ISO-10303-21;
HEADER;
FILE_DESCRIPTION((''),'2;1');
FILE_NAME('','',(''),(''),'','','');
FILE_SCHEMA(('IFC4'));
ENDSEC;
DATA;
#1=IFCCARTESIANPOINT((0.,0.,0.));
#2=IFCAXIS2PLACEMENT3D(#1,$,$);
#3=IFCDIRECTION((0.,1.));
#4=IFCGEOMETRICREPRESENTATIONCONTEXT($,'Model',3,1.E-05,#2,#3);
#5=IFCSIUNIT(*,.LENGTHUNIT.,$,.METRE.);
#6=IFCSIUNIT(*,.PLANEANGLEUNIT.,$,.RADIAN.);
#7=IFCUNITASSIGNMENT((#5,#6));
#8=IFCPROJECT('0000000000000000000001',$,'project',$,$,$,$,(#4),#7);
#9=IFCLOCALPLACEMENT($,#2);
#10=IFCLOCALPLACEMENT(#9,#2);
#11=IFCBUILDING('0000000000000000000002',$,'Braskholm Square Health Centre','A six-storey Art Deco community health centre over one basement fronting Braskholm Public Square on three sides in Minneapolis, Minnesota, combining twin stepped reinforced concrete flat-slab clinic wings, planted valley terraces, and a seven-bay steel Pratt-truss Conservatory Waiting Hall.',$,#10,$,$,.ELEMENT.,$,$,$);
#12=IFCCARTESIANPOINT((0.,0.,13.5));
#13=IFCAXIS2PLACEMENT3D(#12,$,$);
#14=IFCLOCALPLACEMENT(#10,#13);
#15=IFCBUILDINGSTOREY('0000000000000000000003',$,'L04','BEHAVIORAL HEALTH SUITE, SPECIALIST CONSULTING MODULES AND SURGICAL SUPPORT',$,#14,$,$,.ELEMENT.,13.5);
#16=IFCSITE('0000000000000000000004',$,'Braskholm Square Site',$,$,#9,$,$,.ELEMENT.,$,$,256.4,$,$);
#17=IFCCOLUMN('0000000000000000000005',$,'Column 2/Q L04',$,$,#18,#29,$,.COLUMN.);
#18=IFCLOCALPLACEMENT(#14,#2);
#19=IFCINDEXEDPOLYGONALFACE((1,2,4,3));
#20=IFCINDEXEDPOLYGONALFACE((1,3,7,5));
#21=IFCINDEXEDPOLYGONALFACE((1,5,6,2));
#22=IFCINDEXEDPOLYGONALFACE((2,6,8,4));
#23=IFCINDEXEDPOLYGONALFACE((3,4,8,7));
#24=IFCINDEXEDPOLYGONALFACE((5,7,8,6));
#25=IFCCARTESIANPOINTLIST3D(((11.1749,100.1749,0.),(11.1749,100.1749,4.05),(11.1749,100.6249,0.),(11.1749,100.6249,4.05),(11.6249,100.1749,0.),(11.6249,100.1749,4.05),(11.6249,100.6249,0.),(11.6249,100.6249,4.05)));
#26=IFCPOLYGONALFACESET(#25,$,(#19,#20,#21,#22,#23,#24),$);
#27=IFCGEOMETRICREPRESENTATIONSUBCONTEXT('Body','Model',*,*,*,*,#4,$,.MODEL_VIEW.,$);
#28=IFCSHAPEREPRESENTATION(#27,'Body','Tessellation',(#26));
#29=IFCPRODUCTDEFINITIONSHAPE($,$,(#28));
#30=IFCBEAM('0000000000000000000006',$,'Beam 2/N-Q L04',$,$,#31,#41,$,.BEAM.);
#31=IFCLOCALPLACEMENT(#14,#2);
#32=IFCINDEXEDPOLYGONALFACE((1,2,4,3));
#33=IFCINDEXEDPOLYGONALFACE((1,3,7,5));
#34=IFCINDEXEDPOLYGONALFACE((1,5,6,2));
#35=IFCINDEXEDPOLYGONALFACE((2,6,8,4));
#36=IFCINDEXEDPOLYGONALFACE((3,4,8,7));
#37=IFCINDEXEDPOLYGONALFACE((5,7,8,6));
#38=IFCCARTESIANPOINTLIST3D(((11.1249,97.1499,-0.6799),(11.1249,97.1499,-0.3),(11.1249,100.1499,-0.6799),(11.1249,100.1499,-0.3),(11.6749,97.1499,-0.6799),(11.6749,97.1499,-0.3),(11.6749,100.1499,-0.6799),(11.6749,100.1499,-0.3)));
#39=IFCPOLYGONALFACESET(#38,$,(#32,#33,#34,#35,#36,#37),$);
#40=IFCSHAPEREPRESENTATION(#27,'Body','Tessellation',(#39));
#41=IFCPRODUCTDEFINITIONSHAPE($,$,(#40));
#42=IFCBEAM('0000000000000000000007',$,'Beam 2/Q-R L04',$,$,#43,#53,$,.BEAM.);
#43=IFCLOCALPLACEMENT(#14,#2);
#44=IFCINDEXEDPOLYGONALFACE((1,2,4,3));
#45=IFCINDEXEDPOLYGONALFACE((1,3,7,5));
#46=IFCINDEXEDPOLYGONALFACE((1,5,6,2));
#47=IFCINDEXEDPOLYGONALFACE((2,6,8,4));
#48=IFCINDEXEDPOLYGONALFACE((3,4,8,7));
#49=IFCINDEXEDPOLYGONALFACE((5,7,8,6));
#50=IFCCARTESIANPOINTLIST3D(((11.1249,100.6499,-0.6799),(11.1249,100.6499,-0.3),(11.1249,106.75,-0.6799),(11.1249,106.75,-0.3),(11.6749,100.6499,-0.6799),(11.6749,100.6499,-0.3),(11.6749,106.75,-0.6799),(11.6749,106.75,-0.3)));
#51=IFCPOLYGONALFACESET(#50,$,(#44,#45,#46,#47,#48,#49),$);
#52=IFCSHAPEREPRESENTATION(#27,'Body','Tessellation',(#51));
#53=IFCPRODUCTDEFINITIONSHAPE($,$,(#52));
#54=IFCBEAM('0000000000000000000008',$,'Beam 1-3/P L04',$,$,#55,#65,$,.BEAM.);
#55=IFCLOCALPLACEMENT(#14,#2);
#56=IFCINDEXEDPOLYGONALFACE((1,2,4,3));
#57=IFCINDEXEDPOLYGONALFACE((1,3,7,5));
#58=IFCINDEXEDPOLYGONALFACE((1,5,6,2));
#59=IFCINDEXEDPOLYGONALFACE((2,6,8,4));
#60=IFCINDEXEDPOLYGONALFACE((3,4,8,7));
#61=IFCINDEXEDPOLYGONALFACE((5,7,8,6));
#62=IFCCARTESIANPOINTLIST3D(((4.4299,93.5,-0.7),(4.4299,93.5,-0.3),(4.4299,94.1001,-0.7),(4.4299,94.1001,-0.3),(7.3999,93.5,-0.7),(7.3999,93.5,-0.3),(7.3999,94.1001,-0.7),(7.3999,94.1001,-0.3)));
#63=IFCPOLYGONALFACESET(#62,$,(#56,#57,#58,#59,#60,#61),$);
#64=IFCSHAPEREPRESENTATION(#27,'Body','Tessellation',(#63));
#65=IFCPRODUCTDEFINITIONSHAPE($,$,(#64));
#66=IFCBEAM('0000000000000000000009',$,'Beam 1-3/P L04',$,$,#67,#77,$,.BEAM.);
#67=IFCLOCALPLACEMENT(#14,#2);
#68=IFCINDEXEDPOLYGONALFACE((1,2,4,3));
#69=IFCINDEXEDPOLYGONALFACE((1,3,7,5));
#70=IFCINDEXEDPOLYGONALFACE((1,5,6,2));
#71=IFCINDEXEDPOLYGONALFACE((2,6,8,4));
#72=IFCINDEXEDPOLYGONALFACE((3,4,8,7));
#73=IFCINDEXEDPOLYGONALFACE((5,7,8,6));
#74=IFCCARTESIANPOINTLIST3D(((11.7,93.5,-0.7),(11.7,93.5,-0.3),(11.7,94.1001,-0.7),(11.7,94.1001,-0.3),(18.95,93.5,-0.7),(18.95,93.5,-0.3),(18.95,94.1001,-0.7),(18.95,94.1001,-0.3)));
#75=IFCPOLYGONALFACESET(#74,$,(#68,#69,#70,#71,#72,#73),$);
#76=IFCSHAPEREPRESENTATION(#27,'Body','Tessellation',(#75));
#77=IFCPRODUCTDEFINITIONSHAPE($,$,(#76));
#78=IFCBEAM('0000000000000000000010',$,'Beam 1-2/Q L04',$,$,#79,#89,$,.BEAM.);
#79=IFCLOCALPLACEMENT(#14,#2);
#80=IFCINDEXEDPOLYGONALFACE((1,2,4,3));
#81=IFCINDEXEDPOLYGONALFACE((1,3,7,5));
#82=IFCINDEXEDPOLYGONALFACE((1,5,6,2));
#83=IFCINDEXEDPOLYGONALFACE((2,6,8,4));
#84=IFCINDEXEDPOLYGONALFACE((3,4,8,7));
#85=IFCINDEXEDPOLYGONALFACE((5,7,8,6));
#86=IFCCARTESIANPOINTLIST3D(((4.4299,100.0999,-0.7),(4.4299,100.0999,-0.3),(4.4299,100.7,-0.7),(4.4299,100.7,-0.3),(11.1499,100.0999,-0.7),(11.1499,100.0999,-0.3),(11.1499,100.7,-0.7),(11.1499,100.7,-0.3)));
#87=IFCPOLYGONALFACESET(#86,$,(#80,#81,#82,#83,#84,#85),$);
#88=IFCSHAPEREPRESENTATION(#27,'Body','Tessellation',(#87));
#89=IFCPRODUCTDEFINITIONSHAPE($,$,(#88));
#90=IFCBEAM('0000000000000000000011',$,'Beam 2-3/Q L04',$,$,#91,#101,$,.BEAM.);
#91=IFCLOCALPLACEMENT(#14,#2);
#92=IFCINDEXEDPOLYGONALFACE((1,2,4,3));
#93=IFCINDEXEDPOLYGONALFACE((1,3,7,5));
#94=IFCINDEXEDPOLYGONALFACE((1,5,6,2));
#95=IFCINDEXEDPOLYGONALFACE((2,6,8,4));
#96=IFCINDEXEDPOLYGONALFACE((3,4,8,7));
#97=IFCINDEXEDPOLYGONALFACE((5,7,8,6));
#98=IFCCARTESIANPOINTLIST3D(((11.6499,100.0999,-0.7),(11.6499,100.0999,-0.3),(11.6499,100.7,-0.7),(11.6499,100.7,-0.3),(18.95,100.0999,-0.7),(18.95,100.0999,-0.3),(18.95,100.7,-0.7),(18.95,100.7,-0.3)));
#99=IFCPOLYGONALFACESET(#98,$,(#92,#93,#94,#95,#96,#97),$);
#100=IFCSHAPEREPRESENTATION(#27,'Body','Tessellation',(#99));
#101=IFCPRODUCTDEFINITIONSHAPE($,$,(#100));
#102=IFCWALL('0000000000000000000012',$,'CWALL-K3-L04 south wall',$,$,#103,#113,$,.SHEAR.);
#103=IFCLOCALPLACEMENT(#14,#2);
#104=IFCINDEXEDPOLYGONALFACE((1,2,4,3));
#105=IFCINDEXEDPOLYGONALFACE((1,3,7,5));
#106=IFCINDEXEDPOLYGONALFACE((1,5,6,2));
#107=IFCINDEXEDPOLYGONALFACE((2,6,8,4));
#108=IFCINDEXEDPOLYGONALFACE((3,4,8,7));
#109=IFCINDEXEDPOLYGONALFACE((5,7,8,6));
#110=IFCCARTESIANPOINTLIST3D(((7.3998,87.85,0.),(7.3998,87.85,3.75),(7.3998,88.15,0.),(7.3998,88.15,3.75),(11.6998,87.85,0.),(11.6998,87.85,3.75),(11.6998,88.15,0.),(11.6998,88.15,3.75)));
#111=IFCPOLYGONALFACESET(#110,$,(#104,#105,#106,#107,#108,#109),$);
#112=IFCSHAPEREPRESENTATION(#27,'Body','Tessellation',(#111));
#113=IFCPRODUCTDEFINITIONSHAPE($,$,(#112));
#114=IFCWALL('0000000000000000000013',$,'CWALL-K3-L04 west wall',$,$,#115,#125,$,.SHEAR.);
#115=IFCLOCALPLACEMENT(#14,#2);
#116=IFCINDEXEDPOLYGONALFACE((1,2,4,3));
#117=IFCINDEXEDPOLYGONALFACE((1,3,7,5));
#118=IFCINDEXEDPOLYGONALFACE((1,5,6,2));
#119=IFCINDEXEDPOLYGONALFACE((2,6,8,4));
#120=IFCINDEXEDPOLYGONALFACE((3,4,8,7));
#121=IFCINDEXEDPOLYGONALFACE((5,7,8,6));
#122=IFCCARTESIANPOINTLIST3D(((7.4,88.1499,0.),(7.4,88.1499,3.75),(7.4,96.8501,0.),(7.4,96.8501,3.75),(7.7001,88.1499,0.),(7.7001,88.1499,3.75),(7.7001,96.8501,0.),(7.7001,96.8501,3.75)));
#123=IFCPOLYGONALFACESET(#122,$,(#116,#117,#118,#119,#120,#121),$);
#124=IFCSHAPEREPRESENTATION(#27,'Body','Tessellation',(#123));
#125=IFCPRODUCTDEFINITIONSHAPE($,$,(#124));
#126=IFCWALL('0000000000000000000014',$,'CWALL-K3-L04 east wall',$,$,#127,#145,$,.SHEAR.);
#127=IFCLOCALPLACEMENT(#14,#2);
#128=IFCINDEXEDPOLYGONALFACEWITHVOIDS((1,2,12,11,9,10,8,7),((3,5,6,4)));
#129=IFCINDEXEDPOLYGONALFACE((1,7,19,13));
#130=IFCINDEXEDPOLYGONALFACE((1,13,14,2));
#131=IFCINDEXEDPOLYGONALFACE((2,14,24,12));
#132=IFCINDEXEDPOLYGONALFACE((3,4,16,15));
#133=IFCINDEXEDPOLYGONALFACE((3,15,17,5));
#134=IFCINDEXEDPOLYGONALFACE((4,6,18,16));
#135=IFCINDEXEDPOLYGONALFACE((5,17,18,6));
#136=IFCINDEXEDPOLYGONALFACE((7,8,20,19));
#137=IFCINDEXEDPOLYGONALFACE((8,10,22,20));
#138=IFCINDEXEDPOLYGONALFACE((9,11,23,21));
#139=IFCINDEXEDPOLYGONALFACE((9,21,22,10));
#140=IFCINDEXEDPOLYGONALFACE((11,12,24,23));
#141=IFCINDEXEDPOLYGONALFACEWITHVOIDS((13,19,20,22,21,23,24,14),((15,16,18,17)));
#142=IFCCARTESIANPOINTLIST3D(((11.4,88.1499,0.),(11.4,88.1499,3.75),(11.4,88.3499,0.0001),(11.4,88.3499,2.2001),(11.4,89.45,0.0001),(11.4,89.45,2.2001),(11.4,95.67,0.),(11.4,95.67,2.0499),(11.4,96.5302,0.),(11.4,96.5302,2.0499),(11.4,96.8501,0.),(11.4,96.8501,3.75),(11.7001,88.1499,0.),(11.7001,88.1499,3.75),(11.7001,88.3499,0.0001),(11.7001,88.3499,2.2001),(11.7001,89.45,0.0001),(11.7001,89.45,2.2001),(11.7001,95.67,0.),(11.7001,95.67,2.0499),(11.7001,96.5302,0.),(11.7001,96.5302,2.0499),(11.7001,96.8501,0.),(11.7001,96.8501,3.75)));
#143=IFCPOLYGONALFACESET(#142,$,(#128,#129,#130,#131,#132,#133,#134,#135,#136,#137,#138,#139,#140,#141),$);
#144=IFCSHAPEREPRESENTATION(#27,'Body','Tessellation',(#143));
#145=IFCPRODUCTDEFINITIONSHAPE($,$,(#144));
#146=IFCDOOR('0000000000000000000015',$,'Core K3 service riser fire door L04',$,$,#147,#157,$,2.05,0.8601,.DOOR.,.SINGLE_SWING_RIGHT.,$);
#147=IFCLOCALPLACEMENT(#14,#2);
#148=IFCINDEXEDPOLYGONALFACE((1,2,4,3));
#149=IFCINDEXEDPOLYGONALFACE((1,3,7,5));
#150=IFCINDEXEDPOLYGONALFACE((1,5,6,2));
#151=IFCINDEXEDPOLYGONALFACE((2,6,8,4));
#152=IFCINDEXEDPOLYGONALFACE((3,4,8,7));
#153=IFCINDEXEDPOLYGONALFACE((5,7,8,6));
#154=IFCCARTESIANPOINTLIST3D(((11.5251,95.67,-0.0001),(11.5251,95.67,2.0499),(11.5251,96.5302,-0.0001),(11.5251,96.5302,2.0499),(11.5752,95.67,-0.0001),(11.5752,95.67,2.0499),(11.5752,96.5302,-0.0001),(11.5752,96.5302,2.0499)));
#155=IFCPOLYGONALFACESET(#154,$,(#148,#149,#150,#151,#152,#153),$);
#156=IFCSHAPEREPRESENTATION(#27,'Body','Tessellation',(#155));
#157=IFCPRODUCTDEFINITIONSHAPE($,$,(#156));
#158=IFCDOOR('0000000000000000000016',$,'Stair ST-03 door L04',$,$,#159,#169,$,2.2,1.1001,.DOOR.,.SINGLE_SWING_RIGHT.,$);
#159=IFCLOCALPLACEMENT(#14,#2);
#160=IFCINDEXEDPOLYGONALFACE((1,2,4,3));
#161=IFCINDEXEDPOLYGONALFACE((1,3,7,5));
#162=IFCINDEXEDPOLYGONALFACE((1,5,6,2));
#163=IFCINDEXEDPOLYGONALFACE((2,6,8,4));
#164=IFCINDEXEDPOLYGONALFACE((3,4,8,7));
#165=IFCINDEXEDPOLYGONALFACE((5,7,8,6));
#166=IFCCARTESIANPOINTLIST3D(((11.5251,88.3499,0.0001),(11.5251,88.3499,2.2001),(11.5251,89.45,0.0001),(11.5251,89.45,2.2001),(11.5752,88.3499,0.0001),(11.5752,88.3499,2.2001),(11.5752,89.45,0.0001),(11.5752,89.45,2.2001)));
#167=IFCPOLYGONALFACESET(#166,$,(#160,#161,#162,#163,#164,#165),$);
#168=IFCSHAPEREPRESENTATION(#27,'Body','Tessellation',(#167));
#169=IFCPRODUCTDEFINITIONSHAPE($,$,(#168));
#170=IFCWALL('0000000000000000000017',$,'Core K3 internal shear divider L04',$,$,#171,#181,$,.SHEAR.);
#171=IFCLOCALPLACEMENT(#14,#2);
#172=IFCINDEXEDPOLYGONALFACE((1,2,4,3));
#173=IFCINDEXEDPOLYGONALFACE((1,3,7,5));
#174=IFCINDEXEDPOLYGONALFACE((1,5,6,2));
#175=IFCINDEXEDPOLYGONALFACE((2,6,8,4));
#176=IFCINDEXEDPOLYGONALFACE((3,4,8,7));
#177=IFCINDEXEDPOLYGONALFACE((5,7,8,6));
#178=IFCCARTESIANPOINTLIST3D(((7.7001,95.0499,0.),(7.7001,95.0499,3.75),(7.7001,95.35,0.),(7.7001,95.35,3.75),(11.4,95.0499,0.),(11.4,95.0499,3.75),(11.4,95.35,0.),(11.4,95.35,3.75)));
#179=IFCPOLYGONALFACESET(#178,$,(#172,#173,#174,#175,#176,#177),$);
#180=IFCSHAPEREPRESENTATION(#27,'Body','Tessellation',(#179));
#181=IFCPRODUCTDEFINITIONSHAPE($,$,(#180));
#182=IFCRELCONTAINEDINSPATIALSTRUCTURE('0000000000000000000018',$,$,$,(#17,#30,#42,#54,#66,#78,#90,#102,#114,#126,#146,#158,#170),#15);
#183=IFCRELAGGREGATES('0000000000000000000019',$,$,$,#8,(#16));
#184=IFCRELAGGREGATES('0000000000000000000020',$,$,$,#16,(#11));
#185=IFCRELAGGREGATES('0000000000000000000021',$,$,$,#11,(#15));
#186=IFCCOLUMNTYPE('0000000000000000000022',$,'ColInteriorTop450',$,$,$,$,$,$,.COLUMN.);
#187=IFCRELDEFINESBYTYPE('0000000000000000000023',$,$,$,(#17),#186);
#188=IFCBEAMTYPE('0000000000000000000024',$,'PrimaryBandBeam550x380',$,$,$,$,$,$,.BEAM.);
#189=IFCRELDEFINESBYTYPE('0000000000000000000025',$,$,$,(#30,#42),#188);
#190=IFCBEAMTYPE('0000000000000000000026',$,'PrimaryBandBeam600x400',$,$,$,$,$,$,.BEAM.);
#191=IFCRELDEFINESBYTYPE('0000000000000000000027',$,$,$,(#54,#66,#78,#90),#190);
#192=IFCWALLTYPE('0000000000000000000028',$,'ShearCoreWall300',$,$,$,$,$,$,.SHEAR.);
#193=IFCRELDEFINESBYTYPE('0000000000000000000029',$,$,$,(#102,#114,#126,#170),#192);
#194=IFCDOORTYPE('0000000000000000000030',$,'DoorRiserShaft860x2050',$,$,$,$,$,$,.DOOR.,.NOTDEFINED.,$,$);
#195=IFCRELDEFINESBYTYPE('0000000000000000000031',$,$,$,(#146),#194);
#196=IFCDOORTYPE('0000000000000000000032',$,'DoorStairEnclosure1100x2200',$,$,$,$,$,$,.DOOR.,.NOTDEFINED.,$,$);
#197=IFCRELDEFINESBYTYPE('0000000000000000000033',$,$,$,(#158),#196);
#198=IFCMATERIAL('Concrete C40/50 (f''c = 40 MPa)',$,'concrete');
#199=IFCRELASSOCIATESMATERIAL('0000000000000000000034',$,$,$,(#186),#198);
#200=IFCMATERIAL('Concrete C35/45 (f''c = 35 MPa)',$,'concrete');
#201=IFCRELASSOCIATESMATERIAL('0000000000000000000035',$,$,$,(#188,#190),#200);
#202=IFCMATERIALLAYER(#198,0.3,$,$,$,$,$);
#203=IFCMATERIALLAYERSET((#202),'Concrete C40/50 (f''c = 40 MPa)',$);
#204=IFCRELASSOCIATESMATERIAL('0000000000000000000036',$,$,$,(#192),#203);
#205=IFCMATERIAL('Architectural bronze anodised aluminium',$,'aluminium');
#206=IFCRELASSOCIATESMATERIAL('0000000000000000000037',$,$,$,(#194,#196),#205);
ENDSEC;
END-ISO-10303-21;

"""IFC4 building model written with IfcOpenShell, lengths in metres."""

from ifc_helpers import new_model, si_unit, direction, frame, frame_2d, origin, origin_with_axes, origin_2d, place, context, subcontext, project, spatial, rectangle, extrude, material, layer, layer_set, material_profile, profile_set, type_object, element, fill, save


model = new_model("IFC4")

# Units and contexts
model_context = context("Model", 3, precision=1e-05, world=origin(), true_north=direction((0.0, 1.0)))
body_context = subcontext(model_context, "Body", "Model", "MODEL_VIEW")
ifc_project = project(units=[si_unit("LENGTHUNIT", "METRE"), si_unit("PLANEANGLEUNIT", "RADIAN")], contexts=[model_context])

# Site, building, storey
site_placement = place(None, origin())
site = spatial("IfcSite", under=ifc_project, at=site_placement, Name="Braskholm Square Site", CompositionType="ELEMENT", RefElevation=256.4)
building_placement = place(site_placement, origin())
building = spatial("IfcBuilding", under=site, at=building_placement, Name="Braskholm Square Health Centre", Description="A six-storey Art Deco community health centre over one basement fronting Braskholm Public Square on three sides in Minneapolis, Minnesota, combining twin stepped reinforced concrete flat-slab clinic wings, planted valley terraces, and a seven-bay steel Pratt-truss Conservatory Waiting Hall.", CompositionType="ELEMENT")
storey_placement = place(building_placement, frame((0.0, 0.0, 13.5)))
storey = spatial("IfcBuildingStorey", under=building, at=storey_placement, Name="L04", Description="BEHAVIORAL HEALTH SUITE, SPECIALIST CONSULTING MODULES AND SURGICAL SUPPORT", CompositionType="ELEMENT", Elevation=13.5)

# Column
ifc_material_1 = material(Name="Concrete C40/50 (f'c = 40 MPa)", Category="concrete")
ifc_material_profile_1 = material_profile(ifc_material_1, rectangle(XDim=0.45, YDim=0.45, at=origin_2d()), Name="RC-450X450")
ifc_profile_set_1 = profile_set([ifc_material_profile_1], Name="Concrete C40/50 (f'c = 40 MPa)")
column_type = type_object("IfcColumnType", Name="ColInteriorTop450", PredefinedType="COLUMN", material=ifc_profile_set_1)
column_placement = place(storey_placement, frame((11.3999, 100.3999, 0.0), z_axis=(0.0, 0.0, 1.0), x_axis=(1.0, 0.0, 0.0)))
element("IfcColumn", 1, at=column_placement, inside=storey, type_object=column_type, Name="Column 2/Q L04", PredefinedType="COLUMN", context=body_context, shape_type="SweptSolid", body=[
    extrude(rectangle(XDim=0.45, YDim=0.45, at=origin_2d()), origin(), (0.0, 0.0, 1.0), 4.05),
])

# Beams
ifc_material_2 = material(Name="Concrete C35/45 (f'c = 35 MPa)", Category="concrete")
ifc_material_profile_2 = material_profile(ifc_material_2, rectangle(XDim=0.55, YDim=0.3799, at=origin_2d()), Name="RCB-550X380")
ifc_profile_set_2 = profile_set([ifc_material_profile_2], Name="Concrete C35/45 (f'c = 35 MPa)")
beam_type_1 = type_object("IfcBeamType", Name="PrimaryBandBeam550x380", PredefinedType="BEAM", material=ifc_profile_set_2)
beam_1_placement = place(storey_placement, frame((11.3999, 97.1499, -0.49), z_axis=(0.0, 1.0, 0.0), x_axis=(-1.0, 0.0, 0.0)))
element("IfcBeam", 2, at=beam_1_placement, inside=storey, type_object=beam_type_1, Name="Beam 2/N-Q L04", PredefinedType="BEAM", context=body_context, shape_type="SweptSolid", body=[
    extrude(rectangle(XDim=0.55, YDim=0.3799, at=origin_2d()), origin(), (0.0, 0.0, 1.0), 3.0),
])
beam_2_placement = place(storey_placement, frame((11.3999, 100.6499, -0.49), z_axis=(0.0, 1.0, 0.0), x_axis=(-1.0, 0.0, 0.0)))
element("IfcBeam", 3, at=beam_2_placement, inside=storey, type_object=beam_type_1, Name="Beam 2/Q-R L04", PredefinedType="BEAM", context=body_context, shape_type="SweptSolid", body=[
    extrude(rectangle(XDim=0.55, YDim=0.3799, at=origin_2d()), origin(), (0.0, 0.0, 1.0), 6.1001),
])
ifc_material_profile_3 = material_profile(ifc_material_2, rectangle(XDim=0.6001, YDim=0.3999, at=origin_2d()), Name="RCB-600X400")
ifc_profile_set_3 = profile_set([ifc_material_profile_3], Name="Concrete C35/45 (f'c = 35 MPa)")
beam_type_2 = type_object("IfcBeamType", Name="PrimaryBandBeam600x400", PredefinedType="BEAM", material=ifc_profile_set_3)
beam_3_placement = place(storey_placement, frame((4.4299, 93.8, -0.5), z_axis=(1.0, 0.0, 0.0), x_axis=(0.0, 1.0, 0.0)))
element("IfcBeam", 4, at=beam_3_placement, inside=storey, type_object=beam_type_2, Name="Beam 1-3/P L04", PredefinedType="BEAM", context=body_context, shape_type="SweptSolid", body=[
    extrude(rectangle(XDim=0.6001, YDim=0.3999, at=origin_2d()), origin(), (0.0, 0.0, 1.0), 2.97),
])
beam_4_placement = place(storey_placement, frame((11.7, 93.8, -0.5), z_axis=(1.0, 0.0, 0.0), x_axis=(0.0, 1.0, 0.0)))
element("IfcBeam", 5, at=beam_4_placement, inside=storey, type_object=beam_type_2, Name="Beam 1-3/P L04", PredefinedType="BEAM", context=body_context, shape_type="SweptSolid", body=[
    extrude(rectangle(XDim=0.6001, YDim=0.3999, at=origin_2d()), origin(), (0.0, 0.0, 1.0), 7.25),
])
beam_5_placement = place(storey_placement, frame((4.4299, 100.3999, -0.5), z_axis=(1.0, 0.0, 0.0), x_axis=(0.0, 1.0, 0.0)))
element("IfcBeam", 6, at=beam_5_placement, inside=storey, type_object=beam_type_2, Name="Beam 1-2/Q L04", PredefinedType="BEAM", context=body_context, shape_type="SweptSolid", body=[
    extrude(rectangle(XDim=0.6001, YDim=0.3999, at=origin_2d()), origin(), (0.0, 0.0, 1.0), 6.72),
])
beam_6_placement = place(storey_placement, frame((11.6499, 100.3999, -0.5), z_axis=(1.0, 0.0, 0.0), x_axis=(0.0, 1.0, 0.0)))
element("IfcBeam", 7, at=beam_6_placement, inside=storey, type_object=beam_type_2, Name="Beam 2-3/Q L04", PredefinedType="BEAM", context=body_context, shape_type="SweptSolid", body=[
    extrude(rectangle(XDim=0.6001, YDim=0.3999, at=origin_2d()), origin(), (0.0, 0.0, 1.0), 7.3),
])

# Walls
ifc_layer = layer(ifc_material_1, 0.3)
ifc_layer_set = layer_set([ifc_layer], Name="Concrete C40/50 (f'c = 40 MPa)")
wall_type = type_object("IfcWallType", Name="ShearCoreWall300", PredefinedType="SHEAR", material=ifc_layer_set)
wall_1_placement = place(storey_placement, frame((7.3999, 88.0, 0.0), z_axis=(0.0, 0.0, 1.0), x_axis=(1.0, 0.0, 0.0)))
element("IfcWall", 8, at=wall_1_placement, inside=storey, type_object=wall_type, Name="CWALL-K3-L04 south wall", PredefinedType="SHEAR", context=body_context, shape_type="SweptSolid", body=[
    extrude(rectangle(XDim=4.3, YDim=0.3, at=frame_2d((2.1499, 0.0))), origin(), (0.0, 0.0, 1.0), 3.75),
])
wall_2_placement = place(storey_placement, frame((7.55, 96.8501, 0.0), z_axis=(0.0, 0.0, 1.0), x_axis=(0.0, -1.0, 0.0)))
element("IfcWall", 9, at=wall_2_placement, inside=storey, type_object=wall_type, Name="CWALL-K3-L04 west wall", PredefinedType="SHEAR", context=body_context, shape_type="SweptSolid", body=[
    extrude(rectangle(XDim=8.7002, YDim=0.3, at=frame_2d((4.3501, 0.0))), origin(), (0.0, 0.0, 1.0), 3.75),
])

# Wall, openings, doors
wall_3_placement = place(storey_placement, frame((11.55, 88.1499, 0.0), z_axis=(0.0, 0.0, 1.0), x_axis=(0.0, 1.0, 0.0)))
wall_3 = element("IfcWall", 10, at=wall_3_placement, inside=storey, type_object=wall_type, Name="CWALL-K3-L04 east wall", PredefinedType="SHEAR", context=body_context, shape_type="SweptSolid", body=[
    extrude(rectangle(XDim=8.7002, YDim=0.3, at=frame_2d((4.3501, 0.0))), origin(), (0.0, 0.0, 1.0), 3.75),
])
opening_1_placement = place(wall_3_placement, frame((0.2, 0.0, 0.0)))
opening_1 = element("IfcOpeningElement", 11, at=opening_1_placement, cuts=wall_3, PredefinedType="OPENING", context=body_context, shape_type="SweptSolid", body=[
    extrude(rectangle(XDim=1.1001, YDim=2.2, at=frame_2d((0.55, 1.1001))), frame((0.0, 0.1602, 0.0), z_axis=(0.0, -1.0, 0.0), x_axis=(1.0, 0.0, 0.0)), (0.0, 0.0, 1.0), 0.3201),
])
opening_2_placement = place(wall_3_placement, frame((7.52, 0.0, 0.0)))
opening_2 = element("IfcOpeningElement", 12, at=opening_2_placement, cuts=wall_3, PredefinedType="OPENING", context=body_context, shape_type="SweptSolid", body=[
    extrude(rectangle(XDim=0.8601, YDim=2.05, at=frame_2d((0.4302, 1.0249))), frame((0.0, 0.1602, 0.0), z_axis=(0.0, -1.0, 0.0), x_axis=(1.0, 0.0, 0.0)), (0.0, 0.0, 1.0), 0.3201),
])
ifc_material_3 = material(Name="Architectural bronze anodised aluminium", Category="aluminium")
door_type_1 = type_object("IfcDoorType", Name="DoorRiserShaft860x2050", OperationType="NOTDEFINED", PredefinedType="DOOR", material=ifc_material_3)
door_1_placement = place(opening_2_placement, origin_with_axes())
door_1 = element("IfcDoor", 13, at=door_1_placement, inside=storey, type_object=door_type_1, Name="Core K3 service riser fire door L04", OperationType="SINGLE_SWING_RIGHT", OverallHeight=2.05, OverallWidth=0.8601, PredefinedType="DOOR", context=body_context, shape_type="SweptSolid", body=[
    extrude(rectangle(XDim=0.8601, YDim=2.05, at=frame_2d((0.4302, 1.0249))), frame((0.0, 0.0249, 0.0), z_axis=(0.0, -1.0, 0.0), x_axis=(1.0, 0.0, 0.0)), (0.0, 0.0, 1.0), 0.05),
])
fill(opening_2, door_1)
door_type_2 = type_object("IfcDoorType", Name="DoorStairEnclosure1100x2200", OperationType="NOTDEFINED", PredefinedType="DOOR", material=ifc_material_3)
door_2_placement = place(opening_1_placement, origin_with_axes())
door_2 = element("IfcDoor", 14, at=door_2_placement, inside=storey, type_object=door_type_2, Name="Stair ST-03 door L04", OperationType="SINGLE_SWING_RIGHT", OverallHeight=2.2, OverallWidth=1.1001, PredefinedType="DOOR", context=body_context, shape_type="SweptSolid", body=[
    extrude(rectangle(XDim=1.1001, YDim=2.2, at=frame_2d((0.55, 1.1001))), frame((0.0, 0.0249, 0.0), z_axis=(0.0, -1.0, 0.0), x_axis=(1.0, 0.0, 0.0)), (0.0, 0.0, 1.0), 0.05),
])
fill(opening_1, door_2)

# Wall
wall_4_placement = place(storey_placement, frame((7.7, 95.2, 0.0), z_axis=(0.0, 0.0, 1.0), x_axis=(1.0, 0.0, 0.0)))
element("IfcWall", 15, at=wall_4_placement, inside=storey, type_object=wall_type, Name="Core K3 internal shear divider L04", PredefinedType="SHEAR", context=body_context, shape_type="SweptSolid", body=[
    extrude(rectangle(XDim=3.7, YDim=0.3, at=frame_2d((1.8501, 0.0))), origin(), (0.0, 0.0, 1.0), 3.75),
])

save(model, "model.ifc")
